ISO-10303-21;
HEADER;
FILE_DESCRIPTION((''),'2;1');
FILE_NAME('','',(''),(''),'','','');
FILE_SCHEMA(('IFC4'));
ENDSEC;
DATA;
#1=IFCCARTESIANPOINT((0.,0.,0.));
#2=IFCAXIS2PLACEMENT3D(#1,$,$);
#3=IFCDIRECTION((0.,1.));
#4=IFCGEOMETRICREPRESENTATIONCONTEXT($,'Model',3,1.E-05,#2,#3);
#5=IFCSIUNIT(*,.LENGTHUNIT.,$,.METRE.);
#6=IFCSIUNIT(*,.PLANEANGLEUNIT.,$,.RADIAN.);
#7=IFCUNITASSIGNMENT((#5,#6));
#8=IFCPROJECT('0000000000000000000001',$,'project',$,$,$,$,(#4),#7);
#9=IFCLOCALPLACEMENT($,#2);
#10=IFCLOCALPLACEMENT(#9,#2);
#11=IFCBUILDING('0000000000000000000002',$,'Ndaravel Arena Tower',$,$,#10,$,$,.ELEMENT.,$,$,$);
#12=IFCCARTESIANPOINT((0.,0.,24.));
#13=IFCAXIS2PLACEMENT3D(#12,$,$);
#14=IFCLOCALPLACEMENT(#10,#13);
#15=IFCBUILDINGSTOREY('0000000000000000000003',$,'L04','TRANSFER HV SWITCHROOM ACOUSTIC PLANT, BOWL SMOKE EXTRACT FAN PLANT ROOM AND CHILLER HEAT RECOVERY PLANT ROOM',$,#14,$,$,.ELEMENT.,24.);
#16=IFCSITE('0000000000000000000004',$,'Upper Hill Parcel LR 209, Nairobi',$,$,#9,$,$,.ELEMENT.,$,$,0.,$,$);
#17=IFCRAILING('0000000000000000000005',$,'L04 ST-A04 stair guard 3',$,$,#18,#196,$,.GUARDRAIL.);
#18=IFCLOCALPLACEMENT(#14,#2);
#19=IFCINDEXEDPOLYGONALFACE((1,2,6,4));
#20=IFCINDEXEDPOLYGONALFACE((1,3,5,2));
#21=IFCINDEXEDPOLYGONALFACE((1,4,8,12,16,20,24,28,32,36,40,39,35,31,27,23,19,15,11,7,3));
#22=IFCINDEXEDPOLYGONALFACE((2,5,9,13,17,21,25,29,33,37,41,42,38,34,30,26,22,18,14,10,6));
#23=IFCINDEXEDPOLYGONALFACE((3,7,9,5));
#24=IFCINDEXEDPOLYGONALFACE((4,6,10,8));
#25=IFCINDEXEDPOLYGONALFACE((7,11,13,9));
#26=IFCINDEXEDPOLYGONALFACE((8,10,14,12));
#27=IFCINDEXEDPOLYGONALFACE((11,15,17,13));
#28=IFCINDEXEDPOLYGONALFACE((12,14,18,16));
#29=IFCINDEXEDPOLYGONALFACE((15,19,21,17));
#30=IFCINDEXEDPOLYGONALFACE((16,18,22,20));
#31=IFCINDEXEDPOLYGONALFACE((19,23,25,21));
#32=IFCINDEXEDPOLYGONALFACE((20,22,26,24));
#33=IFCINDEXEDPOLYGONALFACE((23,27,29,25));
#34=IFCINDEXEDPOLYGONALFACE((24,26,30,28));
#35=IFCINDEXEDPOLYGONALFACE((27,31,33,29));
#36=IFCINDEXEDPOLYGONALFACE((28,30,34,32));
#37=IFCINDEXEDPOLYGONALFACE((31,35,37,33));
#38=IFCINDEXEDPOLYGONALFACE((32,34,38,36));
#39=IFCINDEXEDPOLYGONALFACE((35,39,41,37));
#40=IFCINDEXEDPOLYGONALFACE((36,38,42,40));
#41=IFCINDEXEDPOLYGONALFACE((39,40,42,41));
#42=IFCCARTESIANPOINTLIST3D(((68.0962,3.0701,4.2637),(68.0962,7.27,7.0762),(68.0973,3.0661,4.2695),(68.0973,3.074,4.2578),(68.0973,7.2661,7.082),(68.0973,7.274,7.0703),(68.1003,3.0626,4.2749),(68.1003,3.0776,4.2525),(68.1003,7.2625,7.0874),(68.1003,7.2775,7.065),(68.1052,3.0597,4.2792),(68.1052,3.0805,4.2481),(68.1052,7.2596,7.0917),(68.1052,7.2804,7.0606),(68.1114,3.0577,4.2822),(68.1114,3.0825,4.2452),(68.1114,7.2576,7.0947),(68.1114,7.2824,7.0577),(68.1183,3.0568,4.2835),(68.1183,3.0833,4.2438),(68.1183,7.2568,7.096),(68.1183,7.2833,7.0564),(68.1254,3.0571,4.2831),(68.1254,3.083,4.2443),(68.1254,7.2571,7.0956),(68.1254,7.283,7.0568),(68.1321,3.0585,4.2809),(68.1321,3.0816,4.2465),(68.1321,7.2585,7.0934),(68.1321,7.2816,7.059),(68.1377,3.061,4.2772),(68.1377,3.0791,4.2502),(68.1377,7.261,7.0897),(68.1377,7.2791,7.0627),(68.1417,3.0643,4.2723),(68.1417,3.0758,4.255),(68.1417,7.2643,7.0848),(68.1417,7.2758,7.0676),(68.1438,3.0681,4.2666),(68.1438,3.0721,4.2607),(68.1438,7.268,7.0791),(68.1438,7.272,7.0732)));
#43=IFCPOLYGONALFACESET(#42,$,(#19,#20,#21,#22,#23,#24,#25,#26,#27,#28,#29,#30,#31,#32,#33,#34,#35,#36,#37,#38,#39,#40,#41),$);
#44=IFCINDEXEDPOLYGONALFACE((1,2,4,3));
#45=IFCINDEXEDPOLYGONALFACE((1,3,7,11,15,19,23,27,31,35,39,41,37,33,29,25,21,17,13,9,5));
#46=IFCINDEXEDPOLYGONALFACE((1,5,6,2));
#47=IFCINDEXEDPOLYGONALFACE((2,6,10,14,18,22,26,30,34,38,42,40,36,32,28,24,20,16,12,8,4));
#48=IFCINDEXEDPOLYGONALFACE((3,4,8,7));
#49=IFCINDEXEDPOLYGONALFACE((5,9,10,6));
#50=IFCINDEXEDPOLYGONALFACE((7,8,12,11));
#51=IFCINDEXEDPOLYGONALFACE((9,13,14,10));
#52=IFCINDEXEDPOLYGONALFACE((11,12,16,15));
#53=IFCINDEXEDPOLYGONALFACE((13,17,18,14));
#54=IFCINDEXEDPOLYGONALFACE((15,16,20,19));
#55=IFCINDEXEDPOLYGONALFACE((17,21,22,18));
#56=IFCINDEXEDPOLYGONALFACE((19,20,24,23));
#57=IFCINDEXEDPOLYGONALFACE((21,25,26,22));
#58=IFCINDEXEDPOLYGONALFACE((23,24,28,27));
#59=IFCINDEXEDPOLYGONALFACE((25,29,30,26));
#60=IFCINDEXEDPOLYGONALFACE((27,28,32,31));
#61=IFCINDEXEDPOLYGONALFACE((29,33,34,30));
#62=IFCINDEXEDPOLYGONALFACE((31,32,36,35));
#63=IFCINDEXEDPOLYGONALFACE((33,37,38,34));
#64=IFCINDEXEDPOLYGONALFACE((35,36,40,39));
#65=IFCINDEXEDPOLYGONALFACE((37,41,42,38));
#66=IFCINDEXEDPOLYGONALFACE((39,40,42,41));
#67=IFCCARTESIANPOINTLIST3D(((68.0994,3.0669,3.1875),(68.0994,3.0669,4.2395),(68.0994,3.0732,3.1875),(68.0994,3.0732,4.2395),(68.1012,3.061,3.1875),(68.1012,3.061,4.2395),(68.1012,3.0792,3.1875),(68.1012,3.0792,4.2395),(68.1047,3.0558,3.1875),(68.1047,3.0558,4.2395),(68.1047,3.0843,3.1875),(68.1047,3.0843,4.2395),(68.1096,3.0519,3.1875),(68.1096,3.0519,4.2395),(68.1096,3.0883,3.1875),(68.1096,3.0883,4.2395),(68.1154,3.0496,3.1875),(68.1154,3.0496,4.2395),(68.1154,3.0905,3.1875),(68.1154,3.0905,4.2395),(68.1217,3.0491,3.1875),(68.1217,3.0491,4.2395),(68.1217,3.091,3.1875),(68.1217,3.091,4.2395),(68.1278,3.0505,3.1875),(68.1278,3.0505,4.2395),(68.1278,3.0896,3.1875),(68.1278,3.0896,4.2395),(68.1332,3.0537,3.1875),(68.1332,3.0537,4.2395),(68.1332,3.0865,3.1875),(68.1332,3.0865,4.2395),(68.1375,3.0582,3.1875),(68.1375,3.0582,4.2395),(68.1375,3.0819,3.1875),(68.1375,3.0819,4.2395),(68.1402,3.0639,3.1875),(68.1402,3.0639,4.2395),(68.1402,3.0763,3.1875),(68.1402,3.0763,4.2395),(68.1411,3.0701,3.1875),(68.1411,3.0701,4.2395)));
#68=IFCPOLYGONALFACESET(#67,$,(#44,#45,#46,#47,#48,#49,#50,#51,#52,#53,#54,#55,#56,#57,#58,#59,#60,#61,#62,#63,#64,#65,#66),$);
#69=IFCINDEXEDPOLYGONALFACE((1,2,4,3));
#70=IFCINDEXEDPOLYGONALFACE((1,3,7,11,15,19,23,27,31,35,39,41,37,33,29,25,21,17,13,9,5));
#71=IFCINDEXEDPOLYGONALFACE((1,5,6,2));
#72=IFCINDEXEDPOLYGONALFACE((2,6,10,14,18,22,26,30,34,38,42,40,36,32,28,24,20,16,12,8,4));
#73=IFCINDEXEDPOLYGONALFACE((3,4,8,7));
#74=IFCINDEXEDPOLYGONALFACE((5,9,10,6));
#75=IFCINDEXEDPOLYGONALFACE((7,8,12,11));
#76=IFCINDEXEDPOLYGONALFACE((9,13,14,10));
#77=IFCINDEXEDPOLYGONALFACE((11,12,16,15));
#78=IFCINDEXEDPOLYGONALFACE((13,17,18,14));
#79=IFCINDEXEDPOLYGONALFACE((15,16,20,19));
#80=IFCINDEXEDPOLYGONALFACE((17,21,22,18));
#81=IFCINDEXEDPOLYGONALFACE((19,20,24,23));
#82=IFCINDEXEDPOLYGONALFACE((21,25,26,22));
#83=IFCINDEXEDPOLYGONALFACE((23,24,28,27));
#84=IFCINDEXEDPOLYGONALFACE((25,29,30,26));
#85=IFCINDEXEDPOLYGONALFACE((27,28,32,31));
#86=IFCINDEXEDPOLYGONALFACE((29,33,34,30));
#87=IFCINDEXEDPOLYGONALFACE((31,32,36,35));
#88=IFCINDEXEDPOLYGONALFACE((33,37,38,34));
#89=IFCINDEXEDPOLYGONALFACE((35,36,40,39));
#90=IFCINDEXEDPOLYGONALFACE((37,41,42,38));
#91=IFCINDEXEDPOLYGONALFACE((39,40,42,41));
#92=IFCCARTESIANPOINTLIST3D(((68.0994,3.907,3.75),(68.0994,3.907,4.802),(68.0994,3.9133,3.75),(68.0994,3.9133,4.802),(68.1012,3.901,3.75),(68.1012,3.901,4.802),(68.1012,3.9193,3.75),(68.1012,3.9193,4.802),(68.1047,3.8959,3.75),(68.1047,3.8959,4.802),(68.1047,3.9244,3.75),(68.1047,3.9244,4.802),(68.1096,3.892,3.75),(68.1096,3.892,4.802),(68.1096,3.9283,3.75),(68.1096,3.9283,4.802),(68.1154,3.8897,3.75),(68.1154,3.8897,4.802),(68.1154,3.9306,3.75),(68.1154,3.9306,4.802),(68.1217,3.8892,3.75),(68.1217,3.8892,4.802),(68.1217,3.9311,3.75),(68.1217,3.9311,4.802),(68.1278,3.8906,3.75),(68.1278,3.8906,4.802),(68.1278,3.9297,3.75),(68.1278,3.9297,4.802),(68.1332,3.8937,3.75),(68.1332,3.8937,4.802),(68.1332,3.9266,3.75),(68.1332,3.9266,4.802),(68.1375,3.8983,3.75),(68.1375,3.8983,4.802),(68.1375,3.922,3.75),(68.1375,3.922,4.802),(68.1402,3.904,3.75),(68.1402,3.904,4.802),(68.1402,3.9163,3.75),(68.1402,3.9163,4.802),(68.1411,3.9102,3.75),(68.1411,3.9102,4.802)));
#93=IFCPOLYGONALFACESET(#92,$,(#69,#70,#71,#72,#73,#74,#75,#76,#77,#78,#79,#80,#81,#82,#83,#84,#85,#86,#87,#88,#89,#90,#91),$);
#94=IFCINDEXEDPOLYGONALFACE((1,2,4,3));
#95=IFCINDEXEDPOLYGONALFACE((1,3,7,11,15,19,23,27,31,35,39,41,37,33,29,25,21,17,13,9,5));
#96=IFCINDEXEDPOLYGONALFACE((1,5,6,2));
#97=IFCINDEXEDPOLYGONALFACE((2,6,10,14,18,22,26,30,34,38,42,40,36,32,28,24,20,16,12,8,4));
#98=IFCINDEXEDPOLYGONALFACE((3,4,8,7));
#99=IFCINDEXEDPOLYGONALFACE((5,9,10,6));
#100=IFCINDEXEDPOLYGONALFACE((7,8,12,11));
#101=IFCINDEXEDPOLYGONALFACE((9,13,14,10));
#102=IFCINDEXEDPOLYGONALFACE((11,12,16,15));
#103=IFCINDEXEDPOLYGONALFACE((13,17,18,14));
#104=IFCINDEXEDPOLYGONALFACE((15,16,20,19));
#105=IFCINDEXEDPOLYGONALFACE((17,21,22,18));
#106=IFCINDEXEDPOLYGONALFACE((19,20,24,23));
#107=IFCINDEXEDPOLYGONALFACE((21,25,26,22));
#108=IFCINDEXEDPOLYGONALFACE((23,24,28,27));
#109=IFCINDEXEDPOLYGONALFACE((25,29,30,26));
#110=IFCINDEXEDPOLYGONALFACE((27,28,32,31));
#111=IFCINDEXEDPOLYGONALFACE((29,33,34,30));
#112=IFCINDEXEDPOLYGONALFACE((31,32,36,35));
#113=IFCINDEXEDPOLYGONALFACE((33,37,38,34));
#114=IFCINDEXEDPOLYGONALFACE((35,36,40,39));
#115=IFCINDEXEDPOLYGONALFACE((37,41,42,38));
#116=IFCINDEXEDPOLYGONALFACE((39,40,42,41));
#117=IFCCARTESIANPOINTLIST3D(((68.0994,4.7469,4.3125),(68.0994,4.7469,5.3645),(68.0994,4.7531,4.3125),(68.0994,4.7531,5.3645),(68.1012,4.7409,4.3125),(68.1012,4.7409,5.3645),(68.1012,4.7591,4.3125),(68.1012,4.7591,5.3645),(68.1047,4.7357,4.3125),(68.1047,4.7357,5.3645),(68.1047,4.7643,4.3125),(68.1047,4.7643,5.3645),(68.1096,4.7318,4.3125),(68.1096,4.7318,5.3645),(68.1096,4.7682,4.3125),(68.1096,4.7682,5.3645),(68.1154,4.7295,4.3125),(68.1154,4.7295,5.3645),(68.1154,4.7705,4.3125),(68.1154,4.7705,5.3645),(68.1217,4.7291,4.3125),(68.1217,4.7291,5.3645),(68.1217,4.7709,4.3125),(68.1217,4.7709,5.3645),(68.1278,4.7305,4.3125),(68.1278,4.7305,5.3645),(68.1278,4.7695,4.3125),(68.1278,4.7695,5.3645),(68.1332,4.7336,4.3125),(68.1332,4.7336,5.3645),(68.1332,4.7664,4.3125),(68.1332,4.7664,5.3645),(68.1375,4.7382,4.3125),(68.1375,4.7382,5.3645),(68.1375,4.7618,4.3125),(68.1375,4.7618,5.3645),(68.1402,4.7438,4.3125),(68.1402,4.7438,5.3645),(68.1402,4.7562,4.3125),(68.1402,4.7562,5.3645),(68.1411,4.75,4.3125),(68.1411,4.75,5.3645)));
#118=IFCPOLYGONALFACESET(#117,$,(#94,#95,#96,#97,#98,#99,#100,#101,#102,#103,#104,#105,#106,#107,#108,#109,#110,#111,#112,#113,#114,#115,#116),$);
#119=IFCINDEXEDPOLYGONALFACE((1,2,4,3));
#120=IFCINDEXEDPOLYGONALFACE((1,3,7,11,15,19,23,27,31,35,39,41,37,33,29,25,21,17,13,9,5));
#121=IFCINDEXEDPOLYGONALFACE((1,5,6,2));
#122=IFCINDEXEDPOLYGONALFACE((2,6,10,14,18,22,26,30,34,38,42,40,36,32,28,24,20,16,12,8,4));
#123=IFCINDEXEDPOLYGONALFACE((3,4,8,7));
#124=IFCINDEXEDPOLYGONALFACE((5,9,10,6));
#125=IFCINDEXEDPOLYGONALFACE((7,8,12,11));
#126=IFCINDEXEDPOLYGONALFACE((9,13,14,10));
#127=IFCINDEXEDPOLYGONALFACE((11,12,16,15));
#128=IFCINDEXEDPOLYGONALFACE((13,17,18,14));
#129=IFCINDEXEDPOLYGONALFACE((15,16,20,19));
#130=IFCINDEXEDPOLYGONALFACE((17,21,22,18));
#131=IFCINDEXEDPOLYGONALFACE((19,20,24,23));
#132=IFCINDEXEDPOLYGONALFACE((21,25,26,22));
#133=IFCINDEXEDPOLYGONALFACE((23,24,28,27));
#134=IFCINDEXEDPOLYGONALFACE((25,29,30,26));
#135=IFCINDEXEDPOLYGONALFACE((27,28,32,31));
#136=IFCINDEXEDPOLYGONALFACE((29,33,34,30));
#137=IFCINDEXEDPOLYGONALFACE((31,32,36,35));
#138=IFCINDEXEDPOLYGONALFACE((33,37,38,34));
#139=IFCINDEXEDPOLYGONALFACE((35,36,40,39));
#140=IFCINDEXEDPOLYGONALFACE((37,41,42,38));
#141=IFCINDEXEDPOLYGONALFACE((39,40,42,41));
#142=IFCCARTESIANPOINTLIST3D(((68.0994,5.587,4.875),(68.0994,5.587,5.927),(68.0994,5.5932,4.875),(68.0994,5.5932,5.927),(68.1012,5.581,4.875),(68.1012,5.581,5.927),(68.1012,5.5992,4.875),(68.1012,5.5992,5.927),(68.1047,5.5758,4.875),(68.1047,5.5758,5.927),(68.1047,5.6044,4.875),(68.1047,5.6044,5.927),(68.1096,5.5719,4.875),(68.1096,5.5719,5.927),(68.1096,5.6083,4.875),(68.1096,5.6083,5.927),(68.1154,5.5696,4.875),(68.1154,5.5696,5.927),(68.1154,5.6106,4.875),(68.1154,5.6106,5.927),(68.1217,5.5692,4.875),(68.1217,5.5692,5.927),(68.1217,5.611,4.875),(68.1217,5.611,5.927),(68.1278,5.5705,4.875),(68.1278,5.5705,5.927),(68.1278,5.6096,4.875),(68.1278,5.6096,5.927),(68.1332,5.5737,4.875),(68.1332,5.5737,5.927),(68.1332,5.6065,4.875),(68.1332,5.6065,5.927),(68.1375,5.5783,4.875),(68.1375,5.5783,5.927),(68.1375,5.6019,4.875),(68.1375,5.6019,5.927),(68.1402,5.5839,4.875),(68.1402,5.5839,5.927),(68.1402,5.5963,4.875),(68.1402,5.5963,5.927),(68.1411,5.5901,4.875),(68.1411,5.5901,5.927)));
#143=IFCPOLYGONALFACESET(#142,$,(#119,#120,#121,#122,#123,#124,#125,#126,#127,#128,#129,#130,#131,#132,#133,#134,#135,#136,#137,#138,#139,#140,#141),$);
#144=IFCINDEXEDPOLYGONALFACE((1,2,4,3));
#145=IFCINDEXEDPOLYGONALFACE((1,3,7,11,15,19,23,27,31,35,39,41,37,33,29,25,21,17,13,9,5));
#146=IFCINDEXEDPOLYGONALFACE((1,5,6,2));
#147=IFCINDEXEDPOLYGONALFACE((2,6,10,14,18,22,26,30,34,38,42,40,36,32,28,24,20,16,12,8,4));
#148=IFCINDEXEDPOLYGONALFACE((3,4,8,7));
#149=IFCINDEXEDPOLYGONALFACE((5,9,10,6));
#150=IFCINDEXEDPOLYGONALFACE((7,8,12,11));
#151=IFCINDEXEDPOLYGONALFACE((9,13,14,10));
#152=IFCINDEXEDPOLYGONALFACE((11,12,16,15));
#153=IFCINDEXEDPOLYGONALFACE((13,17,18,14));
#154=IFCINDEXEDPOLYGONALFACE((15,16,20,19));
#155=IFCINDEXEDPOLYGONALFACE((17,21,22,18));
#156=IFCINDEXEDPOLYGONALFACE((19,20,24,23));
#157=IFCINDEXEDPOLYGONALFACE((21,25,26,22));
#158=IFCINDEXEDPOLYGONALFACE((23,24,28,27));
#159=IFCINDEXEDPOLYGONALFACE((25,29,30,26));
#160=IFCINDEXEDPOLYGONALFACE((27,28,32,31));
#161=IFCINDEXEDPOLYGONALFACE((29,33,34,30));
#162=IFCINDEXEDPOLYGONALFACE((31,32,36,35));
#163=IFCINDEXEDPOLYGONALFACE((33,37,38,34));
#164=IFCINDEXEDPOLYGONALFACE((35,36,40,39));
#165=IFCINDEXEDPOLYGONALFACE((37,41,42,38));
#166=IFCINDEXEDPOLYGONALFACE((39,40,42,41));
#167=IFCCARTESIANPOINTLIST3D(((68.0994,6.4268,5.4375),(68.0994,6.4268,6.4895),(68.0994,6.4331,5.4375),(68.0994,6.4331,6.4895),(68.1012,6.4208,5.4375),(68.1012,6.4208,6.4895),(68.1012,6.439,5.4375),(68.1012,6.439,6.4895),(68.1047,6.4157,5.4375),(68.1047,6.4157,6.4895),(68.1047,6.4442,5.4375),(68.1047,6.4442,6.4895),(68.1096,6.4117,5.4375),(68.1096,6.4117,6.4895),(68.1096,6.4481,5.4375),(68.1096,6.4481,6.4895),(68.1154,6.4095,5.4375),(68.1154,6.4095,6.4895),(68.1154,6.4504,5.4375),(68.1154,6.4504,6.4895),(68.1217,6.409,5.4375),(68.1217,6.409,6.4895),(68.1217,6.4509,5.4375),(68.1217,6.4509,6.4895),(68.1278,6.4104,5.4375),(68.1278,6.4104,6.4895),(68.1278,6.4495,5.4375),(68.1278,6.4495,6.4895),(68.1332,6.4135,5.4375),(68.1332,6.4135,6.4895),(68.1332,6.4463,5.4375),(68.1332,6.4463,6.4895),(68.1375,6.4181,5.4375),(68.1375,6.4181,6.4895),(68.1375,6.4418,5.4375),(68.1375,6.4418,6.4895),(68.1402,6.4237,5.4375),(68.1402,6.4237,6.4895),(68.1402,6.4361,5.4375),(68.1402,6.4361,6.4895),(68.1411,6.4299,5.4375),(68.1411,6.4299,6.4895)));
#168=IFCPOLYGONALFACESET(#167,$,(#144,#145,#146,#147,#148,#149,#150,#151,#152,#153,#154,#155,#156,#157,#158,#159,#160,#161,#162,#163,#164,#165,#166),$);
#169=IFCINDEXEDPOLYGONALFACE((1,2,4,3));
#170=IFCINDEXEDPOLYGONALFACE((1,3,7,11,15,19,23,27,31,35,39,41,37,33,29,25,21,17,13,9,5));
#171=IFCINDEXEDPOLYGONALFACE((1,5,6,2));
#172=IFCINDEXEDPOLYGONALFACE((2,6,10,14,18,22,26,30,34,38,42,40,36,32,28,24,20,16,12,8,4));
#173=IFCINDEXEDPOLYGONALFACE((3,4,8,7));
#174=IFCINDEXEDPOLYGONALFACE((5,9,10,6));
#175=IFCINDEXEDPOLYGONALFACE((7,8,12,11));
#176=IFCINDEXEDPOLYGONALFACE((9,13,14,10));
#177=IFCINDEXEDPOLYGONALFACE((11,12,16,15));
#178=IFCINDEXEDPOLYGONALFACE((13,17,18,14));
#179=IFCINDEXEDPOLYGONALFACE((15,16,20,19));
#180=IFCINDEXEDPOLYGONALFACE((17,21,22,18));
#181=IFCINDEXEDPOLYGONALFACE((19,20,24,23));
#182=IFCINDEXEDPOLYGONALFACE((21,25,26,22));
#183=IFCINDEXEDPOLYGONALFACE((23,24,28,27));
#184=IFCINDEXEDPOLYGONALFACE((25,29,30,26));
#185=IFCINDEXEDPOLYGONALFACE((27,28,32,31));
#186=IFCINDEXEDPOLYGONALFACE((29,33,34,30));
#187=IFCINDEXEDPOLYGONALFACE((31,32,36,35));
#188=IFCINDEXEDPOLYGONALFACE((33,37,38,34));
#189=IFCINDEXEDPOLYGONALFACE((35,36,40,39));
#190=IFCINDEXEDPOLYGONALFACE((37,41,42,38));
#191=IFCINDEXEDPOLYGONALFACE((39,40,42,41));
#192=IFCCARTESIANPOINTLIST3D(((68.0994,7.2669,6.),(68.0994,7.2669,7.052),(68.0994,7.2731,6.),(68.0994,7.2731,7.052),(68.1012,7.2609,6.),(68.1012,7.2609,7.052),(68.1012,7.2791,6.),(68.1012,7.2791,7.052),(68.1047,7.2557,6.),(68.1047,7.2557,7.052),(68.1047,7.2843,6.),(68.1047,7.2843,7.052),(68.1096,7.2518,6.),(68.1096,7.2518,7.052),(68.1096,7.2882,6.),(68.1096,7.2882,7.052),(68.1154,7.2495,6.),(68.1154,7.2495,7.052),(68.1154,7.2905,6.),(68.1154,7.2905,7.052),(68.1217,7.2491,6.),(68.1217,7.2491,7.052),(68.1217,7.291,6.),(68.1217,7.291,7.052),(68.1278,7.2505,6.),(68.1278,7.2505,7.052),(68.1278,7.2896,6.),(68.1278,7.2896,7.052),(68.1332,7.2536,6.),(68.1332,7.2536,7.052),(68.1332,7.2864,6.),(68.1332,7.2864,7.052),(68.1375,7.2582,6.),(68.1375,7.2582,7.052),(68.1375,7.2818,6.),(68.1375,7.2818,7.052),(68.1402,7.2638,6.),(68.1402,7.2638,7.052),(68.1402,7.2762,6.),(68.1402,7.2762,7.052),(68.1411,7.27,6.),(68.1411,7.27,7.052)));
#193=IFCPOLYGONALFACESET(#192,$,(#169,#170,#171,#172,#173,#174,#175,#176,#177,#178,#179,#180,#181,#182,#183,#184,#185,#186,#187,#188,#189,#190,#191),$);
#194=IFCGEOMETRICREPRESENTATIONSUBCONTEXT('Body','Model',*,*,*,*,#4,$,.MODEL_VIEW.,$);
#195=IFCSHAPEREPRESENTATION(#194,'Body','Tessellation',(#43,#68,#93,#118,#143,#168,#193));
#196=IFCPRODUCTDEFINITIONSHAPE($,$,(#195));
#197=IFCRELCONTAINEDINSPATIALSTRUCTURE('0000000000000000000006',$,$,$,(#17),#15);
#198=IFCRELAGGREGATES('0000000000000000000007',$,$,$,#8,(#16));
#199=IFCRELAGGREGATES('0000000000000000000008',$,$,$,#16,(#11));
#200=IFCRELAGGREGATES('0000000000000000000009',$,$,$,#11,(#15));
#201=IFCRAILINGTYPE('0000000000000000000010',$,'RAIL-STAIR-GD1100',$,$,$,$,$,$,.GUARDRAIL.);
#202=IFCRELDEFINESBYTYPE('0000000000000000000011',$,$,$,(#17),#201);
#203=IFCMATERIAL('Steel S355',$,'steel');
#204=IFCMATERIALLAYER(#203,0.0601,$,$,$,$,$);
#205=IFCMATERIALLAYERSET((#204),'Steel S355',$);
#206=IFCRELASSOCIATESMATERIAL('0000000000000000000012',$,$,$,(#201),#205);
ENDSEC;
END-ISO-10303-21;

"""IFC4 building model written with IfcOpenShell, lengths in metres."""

from ifc_helpers import new_model, si_unit, direction, frame, origin, origin_2d, place, context, subcontext, project, spatial, circle, extrude, material, layer, layer_set, type_object, element, save


model = new_model("IFC4")

# Units and contexts
model_context = context("Model", 3, precision=1e-05, world=origin(), true_north=direction((0.0, 1.0)))
body_context = subcontext(model_context, "Body", "Model", "MODEL_VIEW")
ifc_project = project(units=[si_unit("LENGTHUNIT", "METRE"), si_unit("PLANEANGLEUNIT", "RADIAN")], contexts=[model_context])

# Site, building, storey
site_placement = place(None, origin())
site = spatial("IfcSite", under=ifc_project, at=site_placement, Name="Upper Hill Parcel LR 209, Nairobi", CompositionType="ELEMENT", RefElevation=0.0)
building_placement = place(site_placement, origin())
building = spatial("IfcBuilding", under=site, at=building_placement, Name="Ndaravel Arena Tower", CompositionType="ELEMENT")
storey_placement = place(building_placement, frame((0.0, 0.0, 24.0)))
storey = spatial("IfcBuildingStorey", under=building, at=storey_placement, Name="L04", Description="TRANSFER HV SWITCHROOM ACOUSTIC PLANT, BOWL SMOKE EXTRACT FAN PLANT ROOM AND CHILLER HEAT RECOVERY PLANT ROOM", CompositionType="ELEMENT", Elevation=24.0)

# Railing
ifc_material_1 = material(Name="Steel S355", Category="steel")
ifc_layer_1 = layer(ifc_material_1, 0.0601)
ifc_layer_set_1 = layer_set([ifc_layer_1], Name="Steel S355")
railing_type_1 = type_object("IfcRailingType", Name="RAIL-STAIR-GD1100", PredefinedType="GUARDRAIL", material=ifc_layer_set_1)
railing_1_placement = place(storey_placement, frame((68.1201, 3.0701, 3.1875)))
element("IfcRailing", 1, at=railing_1_placement, inside=storey, type_object=railing_type_1, Name="L04 ST-A04 stair guard 3", PredefinedType="GUARDRAIL", context=body_context, shape_type="SweptSolid", body=[
    extrude(circle(Radius=0.0239, at=origin_2d()), frame((0.0, 0.0, 1.0762), z_axis=(0.0, 0.830904, 0.556416), x_axis=(-1.0, 0.0, 0.0)), (0.0, 0.0, 1.0), 5.0547),
    extrude(circle(Radius=0.021, at=origin_2d()), origin(), (0.0, 0.0, 1.0), 1.052),
    extrude(circle(Radius=0.021, at=origin_2d()), frame((0.0, 0.8401, 0.5625)), (0.0, 0.0, 1.0), 1.052),
    extrude(circle(Radius=0.021, at=origin_2d()), frame((0.0, 1.6799, 1.125)), (0.0, 0.0, 1.0), 1.052),
    extrude(circle(Radius=0.021, at=origin_2d()), frame((0.0, 2.52, 1.6875)), (0.0, 0.0, 1.0), 1.052),
    extrude(circle(Radius=0.021, at=origin_2d()), frame((0.0, 3.3599, 2.25)), (0.0, 0.0, 1.0), 1.052),
    extrude(circle(Radius=0.021, at=origin_2d()), frame((0.0, 4.2, 2.8125)), (0.0, 0.0, 1.0), 1.052),
])

save(model, "model.ifc")
